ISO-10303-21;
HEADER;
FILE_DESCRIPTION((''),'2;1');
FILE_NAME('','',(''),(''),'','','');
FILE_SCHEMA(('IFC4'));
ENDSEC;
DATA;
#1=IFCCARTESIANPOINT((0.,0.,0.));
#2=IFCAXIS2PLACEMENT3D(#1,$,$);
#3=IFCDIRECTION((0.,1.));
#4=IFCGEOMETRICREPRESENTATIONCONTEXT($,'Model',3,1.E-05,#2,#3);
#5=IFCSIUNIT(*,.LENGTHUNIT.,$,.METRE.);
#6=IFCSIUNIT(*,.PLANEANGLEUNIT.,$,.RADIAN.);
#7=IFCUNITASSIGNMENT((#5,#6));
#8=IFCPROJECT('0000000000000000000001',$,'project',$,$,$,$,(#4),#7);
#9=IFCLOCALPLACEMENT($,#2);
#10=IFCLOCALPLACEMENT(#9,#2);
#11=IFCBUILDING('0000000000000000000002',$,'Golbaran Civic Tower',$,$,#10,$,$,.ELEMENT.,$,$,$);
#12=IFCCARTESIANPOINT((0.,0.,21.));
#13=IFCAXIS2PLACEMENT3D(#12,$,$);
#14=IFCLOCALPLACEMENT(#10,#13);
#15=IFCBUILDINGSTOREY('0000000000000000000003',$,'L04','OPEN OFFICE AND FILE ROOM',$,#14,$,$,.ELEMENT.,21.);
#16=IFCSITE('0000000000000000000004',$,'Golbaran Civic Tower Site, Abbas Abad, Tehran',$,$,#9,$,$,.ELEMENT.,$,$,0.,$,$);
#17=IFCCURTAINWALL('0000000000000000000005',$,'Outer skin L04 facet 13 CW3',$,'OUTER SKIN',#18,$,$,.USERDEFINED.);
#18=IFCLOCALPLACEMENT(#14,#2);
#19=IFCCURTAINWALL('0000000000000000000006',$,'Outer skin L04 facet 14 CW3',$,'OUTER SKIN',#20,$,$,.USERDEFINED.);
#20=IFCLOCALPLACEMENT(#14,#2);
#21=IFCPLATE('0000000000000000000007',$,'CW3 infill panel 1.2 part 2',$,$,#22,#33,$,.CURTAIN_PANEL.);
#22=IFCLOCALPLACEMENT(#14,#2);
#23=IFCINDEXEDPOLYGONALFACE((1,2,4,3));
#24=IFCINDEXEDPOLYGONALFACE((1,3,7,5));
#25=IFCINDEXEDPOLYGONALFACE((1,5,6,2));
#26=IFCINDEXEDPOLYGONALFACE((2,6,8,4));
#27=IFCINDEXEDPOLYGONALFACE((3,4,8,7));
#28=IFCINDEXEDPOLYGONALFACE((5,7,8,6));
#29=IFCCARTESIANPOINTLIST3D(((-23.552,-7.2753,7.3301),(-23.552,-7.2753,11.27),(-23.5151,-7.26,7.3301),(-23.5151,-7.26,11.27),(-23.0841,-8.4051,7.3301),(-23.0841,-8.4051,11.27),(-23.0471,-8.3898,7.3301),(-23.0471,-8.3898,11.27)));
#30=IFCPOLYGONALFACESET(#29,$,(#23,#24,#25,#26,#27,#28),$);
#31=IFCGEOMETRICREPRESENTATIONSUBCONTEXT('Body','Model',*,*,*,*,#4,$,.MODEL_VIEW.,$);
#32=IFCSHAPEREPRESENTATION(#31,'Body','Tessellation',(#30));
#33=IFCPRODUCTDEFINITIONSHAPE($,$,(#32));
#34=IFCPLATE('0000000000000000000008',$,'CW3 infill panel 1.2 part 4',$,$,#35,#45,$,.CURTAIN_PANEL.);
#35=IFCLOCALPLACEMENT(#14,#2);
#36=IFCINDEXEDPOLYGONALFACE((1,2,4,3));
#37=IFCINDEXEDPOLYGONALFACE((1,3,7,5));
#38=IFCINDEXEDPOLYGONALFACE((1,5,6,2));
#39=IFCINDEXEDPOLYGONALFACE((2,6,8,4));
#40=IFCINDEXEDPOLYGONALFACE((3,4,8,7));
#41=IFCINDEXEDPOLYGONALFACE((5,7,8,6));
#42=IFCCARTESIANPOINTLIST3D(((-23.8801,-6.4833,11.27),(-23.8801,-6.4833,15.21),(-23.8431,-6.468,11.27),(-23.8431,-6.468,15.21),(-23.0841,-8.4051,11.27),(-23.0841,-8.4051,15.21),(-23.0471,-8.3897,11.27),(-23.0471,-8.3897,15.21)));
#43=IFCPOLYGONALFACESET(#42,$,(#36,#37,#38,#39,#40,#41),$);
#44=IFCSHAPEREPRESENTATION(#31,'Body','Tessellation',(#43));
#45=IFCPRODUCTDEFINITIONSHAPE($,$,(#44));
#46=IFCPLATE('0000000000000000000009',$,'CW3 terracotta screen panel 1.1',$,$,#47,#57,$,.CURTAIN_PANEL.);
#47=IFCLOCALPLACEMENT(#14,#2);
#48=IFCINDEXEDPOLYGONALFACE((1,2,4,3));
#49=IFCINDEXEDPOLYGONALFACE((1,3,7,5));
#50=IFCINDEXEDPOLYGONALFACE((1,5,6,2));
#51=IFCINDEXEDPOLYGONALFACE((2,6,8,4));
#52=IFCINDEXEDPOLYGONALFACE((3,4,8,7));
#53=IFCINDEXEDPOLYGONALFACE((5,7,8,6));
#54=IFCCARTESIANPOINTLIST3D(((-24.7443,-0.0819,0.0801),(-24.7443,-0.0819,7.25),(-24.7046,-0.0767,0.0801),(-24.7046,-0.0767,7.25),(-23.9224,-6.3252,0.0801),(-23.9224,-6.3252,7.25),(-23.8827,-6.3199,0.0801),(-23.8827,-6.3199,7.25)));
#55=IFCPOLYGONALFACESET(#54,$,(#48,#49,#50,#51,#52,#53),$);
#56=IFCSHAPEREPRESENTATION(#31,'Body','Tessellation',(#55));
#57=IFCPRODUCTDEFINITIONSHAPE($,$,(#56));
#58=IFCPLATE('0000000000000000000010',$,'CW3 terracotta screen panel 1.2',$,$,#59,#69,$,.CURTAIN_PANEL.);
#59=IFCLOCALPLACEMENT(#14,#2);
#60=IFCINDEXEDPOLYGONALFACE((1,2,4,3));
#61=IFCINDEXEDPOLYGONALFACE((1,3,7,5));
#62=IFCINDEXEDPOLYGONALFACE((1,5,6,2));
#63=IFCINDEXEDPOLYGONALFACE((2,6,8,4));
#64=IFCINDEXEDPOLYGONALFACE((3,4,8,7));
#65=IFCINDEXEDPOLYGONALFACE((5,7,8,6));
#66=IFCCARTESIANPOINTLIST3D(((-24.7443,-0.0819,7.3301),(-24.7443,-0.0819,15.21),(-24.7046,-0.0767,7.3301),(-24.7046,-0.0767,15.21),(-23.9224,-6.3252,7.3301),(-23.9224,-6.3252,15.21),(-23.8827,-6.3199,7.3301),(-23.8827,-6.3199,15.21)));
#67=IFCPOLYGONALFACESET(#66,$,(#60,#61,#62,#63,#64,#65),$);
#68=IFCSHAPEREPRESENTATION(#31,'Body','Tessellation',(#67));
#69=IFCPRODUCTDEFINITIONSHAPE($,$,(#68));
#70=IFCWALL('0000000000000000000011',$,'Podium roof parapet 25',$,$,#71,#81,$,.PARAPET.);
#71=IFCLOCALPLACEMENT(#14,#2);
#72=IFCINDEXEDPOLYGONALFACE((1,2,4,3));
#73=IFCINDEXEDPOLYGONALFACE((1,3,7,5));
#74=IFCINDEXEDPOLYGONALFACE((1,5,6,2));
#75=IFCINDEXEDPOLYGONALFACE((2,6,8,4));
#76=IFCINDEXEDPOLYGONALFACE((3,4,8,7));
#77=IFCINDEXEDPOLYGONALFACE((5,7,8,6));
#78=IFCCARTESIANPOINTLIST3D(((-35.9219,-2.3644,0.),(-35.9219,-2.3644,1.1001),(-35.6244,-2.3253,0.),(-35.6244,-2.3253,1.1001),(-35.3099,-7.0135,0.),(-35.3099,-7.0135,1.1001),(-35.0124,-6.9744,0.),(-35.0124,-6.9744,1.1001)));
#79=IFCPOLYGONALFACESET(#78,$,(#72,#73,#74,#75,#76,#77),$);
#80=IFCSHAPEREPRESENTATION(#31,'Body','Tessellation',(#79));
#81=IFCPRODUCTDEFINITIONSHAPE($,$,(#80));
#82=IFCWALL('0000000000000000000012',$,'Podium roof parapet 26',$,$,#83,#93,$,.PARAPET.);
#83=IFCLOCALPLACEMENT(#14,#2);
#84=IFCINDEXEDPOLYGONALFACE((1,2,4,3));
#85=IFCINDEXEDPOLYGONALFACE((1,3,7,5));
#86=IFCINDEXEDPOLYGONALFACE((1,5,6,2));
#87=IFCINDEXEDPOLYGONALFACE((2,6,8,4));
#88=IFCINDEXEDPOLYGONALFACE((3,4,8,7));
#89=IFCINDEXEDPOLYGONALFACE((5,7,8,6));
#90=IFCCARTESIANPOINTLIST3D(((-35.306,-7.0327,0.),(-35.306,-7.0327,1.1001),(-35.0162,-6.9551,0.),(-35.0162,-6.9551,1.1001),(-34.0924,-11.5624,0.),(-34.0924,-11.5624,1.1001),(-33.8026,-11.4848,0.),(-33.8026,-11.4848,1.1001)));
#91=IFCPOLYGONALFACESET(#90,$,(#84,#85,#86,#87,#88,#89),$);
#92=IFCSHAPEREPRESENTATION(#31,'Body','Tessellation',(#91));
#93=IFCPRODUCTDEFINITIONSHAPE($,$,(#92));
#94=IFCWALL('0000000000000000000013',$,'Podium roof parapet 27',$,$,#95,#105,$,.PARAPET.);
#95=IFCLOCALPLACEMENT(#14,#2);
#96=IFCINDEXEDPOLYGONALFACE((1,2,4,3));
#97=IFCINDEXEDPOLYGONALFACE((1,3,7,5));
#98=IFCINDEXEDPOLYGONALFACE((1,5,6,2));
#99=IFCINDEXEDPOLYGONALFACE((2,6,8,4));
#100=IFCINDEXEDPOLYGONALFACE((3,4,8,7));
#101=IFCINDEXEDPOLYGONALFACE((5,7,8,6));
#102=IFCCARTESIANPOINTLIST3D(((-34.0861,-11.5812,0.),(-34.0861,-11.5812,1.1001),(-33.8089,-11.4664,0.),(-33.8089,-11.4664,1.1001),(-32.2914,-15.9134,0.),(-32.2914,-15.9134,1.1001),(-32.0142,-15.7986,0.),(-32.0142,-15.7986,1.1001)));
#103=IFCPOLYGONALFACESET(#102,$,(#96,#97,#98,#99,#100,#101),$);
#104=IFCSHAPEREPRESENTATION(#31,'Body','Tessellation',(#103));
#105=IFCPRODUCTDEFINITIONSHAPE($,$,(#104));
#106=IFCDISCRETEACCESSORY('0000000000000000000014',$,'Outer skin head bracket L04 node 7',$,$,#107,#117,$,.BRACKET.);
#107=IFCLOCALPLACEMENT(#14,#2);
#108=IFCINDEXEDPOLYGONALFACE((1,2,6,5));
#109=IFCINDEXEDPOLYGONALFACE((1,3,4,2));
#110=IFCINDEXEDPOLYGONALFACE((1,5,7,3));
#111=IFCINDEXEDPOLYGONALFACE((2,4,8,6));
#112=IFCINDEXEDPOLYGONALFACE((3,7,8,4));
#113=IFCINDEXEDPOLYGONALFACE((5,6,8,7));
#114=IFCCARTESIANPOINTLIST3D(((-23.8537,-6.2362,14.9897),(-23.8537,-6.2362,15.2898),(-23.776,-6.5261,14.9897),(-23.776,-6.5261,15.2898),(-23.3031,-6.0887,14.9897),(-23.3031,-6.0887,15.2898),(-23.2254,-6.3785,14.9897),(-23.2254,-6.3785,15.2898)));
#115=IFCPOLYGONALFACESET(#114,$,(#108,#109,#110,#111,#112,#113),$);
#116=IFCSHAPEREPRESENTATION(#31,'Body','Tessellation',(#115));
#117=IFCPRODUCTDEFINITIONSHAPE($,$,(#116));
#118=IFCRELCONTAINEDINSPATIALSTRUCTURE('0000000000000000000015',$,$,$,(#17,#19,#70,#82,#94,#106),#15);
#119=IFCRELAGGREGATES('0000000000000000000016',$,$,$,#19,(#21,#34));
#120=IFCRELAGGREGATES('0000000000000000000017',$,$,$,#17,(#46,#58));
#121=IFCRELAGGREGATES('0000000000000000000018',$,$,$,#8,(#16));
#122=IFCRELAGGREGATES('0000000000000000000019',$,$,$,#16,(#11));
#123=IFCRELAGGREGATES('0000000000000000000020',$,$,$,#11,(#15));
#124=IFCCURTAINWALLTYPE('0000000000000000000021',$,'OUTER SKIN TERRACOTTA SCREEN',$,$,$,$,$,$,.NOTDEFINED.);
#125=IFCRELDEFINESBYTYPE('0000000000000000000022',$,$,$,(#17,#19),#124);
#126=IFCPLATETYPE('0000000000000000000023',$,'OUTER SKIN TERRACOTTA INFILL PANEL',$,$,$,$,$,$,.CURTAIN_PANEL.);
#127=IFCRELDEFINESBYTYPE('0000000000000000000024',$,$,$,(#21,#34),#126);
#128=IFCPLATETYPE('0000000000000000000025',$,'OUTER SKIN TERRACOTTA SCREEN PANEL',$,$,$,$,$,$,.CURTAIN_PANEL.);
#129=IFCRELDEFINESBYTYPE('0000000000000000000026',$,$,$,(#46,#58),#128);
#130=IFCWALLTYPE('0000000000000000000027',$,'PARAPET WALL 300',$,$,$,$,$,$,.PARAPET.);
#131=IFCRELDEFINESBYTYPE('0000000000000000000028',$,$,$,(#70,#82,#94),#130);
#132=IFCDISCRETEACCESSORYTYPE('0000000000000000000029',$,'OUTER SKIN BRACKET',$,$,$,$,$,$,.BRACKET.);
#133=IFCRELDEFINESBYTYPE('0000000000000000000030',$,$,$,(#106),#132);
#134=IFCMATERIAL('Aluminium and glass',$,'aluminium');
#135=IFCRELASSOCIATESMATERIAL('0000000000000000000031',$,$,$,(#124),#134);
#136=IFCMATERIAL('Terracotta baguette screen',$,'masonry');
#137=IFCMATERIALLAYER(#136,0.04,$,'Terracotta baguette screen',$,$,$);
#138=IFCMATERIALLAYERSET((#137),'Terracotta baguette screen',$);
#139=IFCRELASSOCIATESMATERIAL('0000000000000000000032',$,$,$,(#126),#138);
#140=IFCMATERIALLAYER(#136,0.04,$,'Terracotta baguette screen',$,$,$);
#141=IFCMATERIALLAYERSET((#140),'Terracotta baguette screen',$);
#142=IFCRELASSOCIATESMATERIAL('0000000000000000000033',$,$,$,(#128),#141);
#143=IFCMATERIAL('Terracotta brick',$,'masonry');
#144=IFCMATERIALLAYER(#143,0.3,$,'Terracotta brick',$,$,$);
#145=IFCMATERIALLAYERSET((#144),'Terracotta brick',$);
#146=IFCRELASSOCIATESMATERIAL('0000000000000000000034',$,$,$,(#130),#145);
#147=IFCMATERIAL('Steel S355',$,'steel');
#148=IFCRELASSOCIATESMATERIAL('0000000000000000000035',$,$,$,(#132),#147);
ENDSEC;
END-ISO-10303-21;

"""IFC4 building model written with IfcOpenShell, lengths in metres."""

from ifc_helpers import new_model, si_unit, direction, frame, frame_2d, origin, origin_2d, place, context, subcontext, project, spatial, rectangle, extrude, material, layer, layer_set, type_object, element, aggregate, save


model = new_model("IFC4")

# Units and contexts
model_context = context("Model", 3, precision=1e-05, world=origin(), true_north=direction((0.0, 1.0)))
body_context = subcontext(model_context, "Body", "Model", "MODEL_VIEW")
ifc_project = project(units=[si_unit("LENGTHUNIT", "METRE"), si_unit("PLANEANGLEUNIT", "RADIAN")], contexts=[model_context])

# Site, building, storey
site_placement = place(None, origin())
site = spatial("IfcSite", under=ifc_project, at=site_placement, Name="Golbaran Civic Tower Site, Abbas Abad, Tehran", CompositionType="ELEMENT", RefElevation=0.0)
building_placement = place(site_placement, origin())
building = spatial("IfcBuilding", under=site, at=building_placement, Name="Golbaran Civic Tower", CompositionType="ELEMENT")
storey_placement = place(building_placement, frame((0.0, 0.0, 21.0)))
storey = spatial("IfcBuildingStorey", under=building, at=storey_placement, Name="L04", Description="OPEN OFFICE AND FILE ROOM", CompositionType="ELEMENT", Elevation=21.0)

# Shared definitions
ifc_material_1 = material(Name="Steel S355", Category="steel")

# Shared definitions
ifc_material_2 = material(Name="Aluminium and glass", Category="aluminium")

# Curtain walls
curtain_wall_type_1 = type_object("IfcCurtainWallType", Name="OUTER SKIN TERRACOTTA SCREEN", PredefinedType="NOTDEFINED", material=ifc_material_2)
curtain_wall_1_placement = place(storey_placement, origin())
curtain_wall_1 = element("IfcCurtainWall", 1, at=curtain_wall_1_placement, inside=storey, type_object=curtain_wall_type_1, Name="Outer skin L04 facet 13 CW3", ObjectType="OUTER SKIN", PredefinedType="USERDEFINED")
curtain_wall_2_placement = place(storey_placement, origin())
curtain_wall_2 = element("IfcCurtainWall", 2, at=curtain_wall_2_placement, inside=storey, type_object=curtain_wall_type_1, Name="Outer skin L04 facet 14 CW3", ObjectType="OUTER SKIN", PredefinedType="USERDEFINED")

# Plates
ifc_material_3 = material(Name="Terracotta baguette screen", Category="masonry")
ifc_layer_1 = layer(ifc_material_3, 0.04, Name="Terracotta baguette screen")
ifc_layer_set_1 = layer_set([ifc_layer_1], Name="Terracotta baguette screen")
plate_type_1 = type_object("IfcPlateType", Name="OUTER SKIN TERRACOTTA INFILL PANEL", PredefinedType="CURTAIN_PANEL", material=ifc_layer_set_1)
plate_1_placement = place(storey_placement, frame((-23.2996, -7.8325, 7.3301), z_axis=(0.0, 0.0, 1.0), x_axis=(0.382683, -0.92388, 0.0)))
plate_1 = element("IfcPlate", 3, at=plate_1_placement, type_object=plate_type_1, Name="CW3 infill panel 1.2 part 2", PredefinedType="CURTAIN_PANEL", context=body_context, shape_type="SweptSolid", body=[
    extrude(rectangle(XDim=1.2229, YDim=0.04, at=origin_2d()), origin(), (0.0, 0.0, 1.0), 3.9399),
])
plate_2_placement = place(storey_placement, frame((-23.4636, -7.4365, 11.27), z_axis=(0.0, 0.0, 1.0), x_axis=(0.382683, -0.92388, 0.0)))
plate_2 = element("IfcPlate", 4, at=plate_2_placement, type_object=plate_type_1, Name="CW3 infill panel 1.2 part 4", PredefinedType="CURTAIN_PANEL", context=body_context, shape_type="SweptSolid", body=[
    extrude(rectangle(XDim=2.0801, YDim=0.04, at=origin_2d()), origin(), (0.0, 0.0, 1.0), 3.9399),
])
aggregate(curtain_wall_2, [plate_1, plate_2])
ifc_layer_2 = layer(ifc_material_3, 0.04, Name="Terracotta baguette screen")
ifc_layer_set_2 = layer_set([ifc_layer_2], Name="Terracotta baguette screen")
plate_type_2 = type_object("IfcPlateType", Name="OUTER SKIN TERRACOTTA SCREEN PANEL", PredefinedType="CURTAIN_PANEL", material=ifc_layer_set_2)
plate_3_placement = place(storey_placement, frame((-24.3135, -3.2009, 0.0801), z_axis=(0.0, 0.0, 1.0), x_axis=(0.130526, -0.991445, 0.0)))
plate_3 = element("IfcPlate", 5, at=plate_3_placement, type_object=plate_type_2, Name="CW3 terracotta screen panel 1.1", PredefinedType="CURTAIN_PANEL", context=body_context, shape_type="SweptSolid", body=[
    extrude(rectangle(XDim=6.2971, YDim=0.04, at=origin_2d()), origin(), (0.0, 0.0, 1.0), 7.1699),
])
plate_4_placement = place(storey_placement, frame((-24.3135, -3.2009, 7.3301), z_axis=(0.0, 0.0, 1.0), x_axis=(0.130526, -0.991445, 0.0)))
plate_4 = element("IfcPlate", 6, at=plate_4_placement, type_object=plate_type_2, Name="CW3 terracotta screen panel 1.2", PredefinedType="CURTAIN_PANEL", context=body_context, shape_type="SweptSolid", body=[
    extrude(rectangle(XDim=6.2971, YDim=0.04, at=origin_2d()), origin(), (0.0, 0.0, 1.0), 7.8799),
])
aggregate(curtain_wall_1, [plate_3, plate_4])

# Walls
ifc_material_4 = material(Name="Terracotta brick", Category="masonry")
ifc_layer_3 = layer(ifc_material_4, 0.3, Name="Terracotta brick")
ifc_layer_set_3 = layer_set([ifc_layer_3], Name="Terracotta brick")
wall_type = type_object("IfcWallType", Name="PARAPET WALL 300", PredefinedType="PARAPET", material=ifc_layer_set_3)
wall_1_placement = place(storey_placement, frame((-35.7732, -2.3447, 0.0), z_axis=(0.0, 0.0, 1.0), x_axis=(0.130523, -0.991445, 0.0)))
element("IfcWall", 7, at=wall_1_placement, inside=storey, type_object=wall_type, Name="Podium roof parapet 25", PredefinedType="PARAPET", context=body_context, shape_type="SweptSolid", body=[
    extrude(rectangle(XDim=4.6892, YDim=0.3, at=frame_2d((2.3447, 0.0))), origin(), (0.0, 0.0, 1.0), 1.1001),
])
wall_2_placement = place(storey_placement, frame((-35.1611, -6.9939, 0.0), z_axis=(0.0, 0.0, 1.0), x_axis=(0.258793, -0.965933, 0.0)))
element("IfcWall", 8, at=wall_2_placement, inside=storey, type_object=wall_type, Name="Podium roof parapet 26", PredefinedType="PARAPET", context=body_context, shape_type="SweptSolid", body=[
    extrude(rectangle(XDim=4.6895, YDim=0.3, at=frame_2d((2.3447, 0.0))), origin(), (0.0, 0.0, 1.0), 1.1001),
])
wall_3_placement = place(storey_placement, frame((-33.9475, -11.5237, 0.0), z_axis=(0.0, 0.0, 1.0), x_axis=(0.382718, -0.923865, 0.0)))
element("IfcWall", 9, at=wall_3_placement, inside=storey, type_object=wall_type, Name="Podium roof parapet 27", PredefinedType="PARAPET", context=body_context, shape_type="SweptSolid", body=[
    extrude(rectangle(XDim=4.6892, YDim=0.3, at=frame_2d((2.3447, 0.0))), origin(), (0.0, 0.0, 1.0), 1.1001),
])

# Discrete accessory
discrete_accessory_type = type_object("IfcDiscreteAccessoryType", Name="OUTER SKIN BRACKET", PredefinedType="BRACKET", material=ifc_material_1)
discrete_accessory_placement = place(storey_placement, frame((-23.5396, -6.3074, 14.9897), z_axis=(0.0, 0.0, 1.0), x_axis=(-0.965926, -0.258819, 0.0)))
element("IfcDiscreteAccessory", 10, at=discrete_accessory_placement, inside=storey, type_object=discrete_accessory_type, Name="Outer skin head bracket L04 node 7", PredefinedType="BRACKET", context=body_context, shape_type="SweptSolid", body=[
    extrude(rectangle(XDim=0.5701, YDim=0.3, at=origin_2d()), origin(), (0.0, 0.0, 1.0), 0.3),
])

save(model, "model.ifc")
